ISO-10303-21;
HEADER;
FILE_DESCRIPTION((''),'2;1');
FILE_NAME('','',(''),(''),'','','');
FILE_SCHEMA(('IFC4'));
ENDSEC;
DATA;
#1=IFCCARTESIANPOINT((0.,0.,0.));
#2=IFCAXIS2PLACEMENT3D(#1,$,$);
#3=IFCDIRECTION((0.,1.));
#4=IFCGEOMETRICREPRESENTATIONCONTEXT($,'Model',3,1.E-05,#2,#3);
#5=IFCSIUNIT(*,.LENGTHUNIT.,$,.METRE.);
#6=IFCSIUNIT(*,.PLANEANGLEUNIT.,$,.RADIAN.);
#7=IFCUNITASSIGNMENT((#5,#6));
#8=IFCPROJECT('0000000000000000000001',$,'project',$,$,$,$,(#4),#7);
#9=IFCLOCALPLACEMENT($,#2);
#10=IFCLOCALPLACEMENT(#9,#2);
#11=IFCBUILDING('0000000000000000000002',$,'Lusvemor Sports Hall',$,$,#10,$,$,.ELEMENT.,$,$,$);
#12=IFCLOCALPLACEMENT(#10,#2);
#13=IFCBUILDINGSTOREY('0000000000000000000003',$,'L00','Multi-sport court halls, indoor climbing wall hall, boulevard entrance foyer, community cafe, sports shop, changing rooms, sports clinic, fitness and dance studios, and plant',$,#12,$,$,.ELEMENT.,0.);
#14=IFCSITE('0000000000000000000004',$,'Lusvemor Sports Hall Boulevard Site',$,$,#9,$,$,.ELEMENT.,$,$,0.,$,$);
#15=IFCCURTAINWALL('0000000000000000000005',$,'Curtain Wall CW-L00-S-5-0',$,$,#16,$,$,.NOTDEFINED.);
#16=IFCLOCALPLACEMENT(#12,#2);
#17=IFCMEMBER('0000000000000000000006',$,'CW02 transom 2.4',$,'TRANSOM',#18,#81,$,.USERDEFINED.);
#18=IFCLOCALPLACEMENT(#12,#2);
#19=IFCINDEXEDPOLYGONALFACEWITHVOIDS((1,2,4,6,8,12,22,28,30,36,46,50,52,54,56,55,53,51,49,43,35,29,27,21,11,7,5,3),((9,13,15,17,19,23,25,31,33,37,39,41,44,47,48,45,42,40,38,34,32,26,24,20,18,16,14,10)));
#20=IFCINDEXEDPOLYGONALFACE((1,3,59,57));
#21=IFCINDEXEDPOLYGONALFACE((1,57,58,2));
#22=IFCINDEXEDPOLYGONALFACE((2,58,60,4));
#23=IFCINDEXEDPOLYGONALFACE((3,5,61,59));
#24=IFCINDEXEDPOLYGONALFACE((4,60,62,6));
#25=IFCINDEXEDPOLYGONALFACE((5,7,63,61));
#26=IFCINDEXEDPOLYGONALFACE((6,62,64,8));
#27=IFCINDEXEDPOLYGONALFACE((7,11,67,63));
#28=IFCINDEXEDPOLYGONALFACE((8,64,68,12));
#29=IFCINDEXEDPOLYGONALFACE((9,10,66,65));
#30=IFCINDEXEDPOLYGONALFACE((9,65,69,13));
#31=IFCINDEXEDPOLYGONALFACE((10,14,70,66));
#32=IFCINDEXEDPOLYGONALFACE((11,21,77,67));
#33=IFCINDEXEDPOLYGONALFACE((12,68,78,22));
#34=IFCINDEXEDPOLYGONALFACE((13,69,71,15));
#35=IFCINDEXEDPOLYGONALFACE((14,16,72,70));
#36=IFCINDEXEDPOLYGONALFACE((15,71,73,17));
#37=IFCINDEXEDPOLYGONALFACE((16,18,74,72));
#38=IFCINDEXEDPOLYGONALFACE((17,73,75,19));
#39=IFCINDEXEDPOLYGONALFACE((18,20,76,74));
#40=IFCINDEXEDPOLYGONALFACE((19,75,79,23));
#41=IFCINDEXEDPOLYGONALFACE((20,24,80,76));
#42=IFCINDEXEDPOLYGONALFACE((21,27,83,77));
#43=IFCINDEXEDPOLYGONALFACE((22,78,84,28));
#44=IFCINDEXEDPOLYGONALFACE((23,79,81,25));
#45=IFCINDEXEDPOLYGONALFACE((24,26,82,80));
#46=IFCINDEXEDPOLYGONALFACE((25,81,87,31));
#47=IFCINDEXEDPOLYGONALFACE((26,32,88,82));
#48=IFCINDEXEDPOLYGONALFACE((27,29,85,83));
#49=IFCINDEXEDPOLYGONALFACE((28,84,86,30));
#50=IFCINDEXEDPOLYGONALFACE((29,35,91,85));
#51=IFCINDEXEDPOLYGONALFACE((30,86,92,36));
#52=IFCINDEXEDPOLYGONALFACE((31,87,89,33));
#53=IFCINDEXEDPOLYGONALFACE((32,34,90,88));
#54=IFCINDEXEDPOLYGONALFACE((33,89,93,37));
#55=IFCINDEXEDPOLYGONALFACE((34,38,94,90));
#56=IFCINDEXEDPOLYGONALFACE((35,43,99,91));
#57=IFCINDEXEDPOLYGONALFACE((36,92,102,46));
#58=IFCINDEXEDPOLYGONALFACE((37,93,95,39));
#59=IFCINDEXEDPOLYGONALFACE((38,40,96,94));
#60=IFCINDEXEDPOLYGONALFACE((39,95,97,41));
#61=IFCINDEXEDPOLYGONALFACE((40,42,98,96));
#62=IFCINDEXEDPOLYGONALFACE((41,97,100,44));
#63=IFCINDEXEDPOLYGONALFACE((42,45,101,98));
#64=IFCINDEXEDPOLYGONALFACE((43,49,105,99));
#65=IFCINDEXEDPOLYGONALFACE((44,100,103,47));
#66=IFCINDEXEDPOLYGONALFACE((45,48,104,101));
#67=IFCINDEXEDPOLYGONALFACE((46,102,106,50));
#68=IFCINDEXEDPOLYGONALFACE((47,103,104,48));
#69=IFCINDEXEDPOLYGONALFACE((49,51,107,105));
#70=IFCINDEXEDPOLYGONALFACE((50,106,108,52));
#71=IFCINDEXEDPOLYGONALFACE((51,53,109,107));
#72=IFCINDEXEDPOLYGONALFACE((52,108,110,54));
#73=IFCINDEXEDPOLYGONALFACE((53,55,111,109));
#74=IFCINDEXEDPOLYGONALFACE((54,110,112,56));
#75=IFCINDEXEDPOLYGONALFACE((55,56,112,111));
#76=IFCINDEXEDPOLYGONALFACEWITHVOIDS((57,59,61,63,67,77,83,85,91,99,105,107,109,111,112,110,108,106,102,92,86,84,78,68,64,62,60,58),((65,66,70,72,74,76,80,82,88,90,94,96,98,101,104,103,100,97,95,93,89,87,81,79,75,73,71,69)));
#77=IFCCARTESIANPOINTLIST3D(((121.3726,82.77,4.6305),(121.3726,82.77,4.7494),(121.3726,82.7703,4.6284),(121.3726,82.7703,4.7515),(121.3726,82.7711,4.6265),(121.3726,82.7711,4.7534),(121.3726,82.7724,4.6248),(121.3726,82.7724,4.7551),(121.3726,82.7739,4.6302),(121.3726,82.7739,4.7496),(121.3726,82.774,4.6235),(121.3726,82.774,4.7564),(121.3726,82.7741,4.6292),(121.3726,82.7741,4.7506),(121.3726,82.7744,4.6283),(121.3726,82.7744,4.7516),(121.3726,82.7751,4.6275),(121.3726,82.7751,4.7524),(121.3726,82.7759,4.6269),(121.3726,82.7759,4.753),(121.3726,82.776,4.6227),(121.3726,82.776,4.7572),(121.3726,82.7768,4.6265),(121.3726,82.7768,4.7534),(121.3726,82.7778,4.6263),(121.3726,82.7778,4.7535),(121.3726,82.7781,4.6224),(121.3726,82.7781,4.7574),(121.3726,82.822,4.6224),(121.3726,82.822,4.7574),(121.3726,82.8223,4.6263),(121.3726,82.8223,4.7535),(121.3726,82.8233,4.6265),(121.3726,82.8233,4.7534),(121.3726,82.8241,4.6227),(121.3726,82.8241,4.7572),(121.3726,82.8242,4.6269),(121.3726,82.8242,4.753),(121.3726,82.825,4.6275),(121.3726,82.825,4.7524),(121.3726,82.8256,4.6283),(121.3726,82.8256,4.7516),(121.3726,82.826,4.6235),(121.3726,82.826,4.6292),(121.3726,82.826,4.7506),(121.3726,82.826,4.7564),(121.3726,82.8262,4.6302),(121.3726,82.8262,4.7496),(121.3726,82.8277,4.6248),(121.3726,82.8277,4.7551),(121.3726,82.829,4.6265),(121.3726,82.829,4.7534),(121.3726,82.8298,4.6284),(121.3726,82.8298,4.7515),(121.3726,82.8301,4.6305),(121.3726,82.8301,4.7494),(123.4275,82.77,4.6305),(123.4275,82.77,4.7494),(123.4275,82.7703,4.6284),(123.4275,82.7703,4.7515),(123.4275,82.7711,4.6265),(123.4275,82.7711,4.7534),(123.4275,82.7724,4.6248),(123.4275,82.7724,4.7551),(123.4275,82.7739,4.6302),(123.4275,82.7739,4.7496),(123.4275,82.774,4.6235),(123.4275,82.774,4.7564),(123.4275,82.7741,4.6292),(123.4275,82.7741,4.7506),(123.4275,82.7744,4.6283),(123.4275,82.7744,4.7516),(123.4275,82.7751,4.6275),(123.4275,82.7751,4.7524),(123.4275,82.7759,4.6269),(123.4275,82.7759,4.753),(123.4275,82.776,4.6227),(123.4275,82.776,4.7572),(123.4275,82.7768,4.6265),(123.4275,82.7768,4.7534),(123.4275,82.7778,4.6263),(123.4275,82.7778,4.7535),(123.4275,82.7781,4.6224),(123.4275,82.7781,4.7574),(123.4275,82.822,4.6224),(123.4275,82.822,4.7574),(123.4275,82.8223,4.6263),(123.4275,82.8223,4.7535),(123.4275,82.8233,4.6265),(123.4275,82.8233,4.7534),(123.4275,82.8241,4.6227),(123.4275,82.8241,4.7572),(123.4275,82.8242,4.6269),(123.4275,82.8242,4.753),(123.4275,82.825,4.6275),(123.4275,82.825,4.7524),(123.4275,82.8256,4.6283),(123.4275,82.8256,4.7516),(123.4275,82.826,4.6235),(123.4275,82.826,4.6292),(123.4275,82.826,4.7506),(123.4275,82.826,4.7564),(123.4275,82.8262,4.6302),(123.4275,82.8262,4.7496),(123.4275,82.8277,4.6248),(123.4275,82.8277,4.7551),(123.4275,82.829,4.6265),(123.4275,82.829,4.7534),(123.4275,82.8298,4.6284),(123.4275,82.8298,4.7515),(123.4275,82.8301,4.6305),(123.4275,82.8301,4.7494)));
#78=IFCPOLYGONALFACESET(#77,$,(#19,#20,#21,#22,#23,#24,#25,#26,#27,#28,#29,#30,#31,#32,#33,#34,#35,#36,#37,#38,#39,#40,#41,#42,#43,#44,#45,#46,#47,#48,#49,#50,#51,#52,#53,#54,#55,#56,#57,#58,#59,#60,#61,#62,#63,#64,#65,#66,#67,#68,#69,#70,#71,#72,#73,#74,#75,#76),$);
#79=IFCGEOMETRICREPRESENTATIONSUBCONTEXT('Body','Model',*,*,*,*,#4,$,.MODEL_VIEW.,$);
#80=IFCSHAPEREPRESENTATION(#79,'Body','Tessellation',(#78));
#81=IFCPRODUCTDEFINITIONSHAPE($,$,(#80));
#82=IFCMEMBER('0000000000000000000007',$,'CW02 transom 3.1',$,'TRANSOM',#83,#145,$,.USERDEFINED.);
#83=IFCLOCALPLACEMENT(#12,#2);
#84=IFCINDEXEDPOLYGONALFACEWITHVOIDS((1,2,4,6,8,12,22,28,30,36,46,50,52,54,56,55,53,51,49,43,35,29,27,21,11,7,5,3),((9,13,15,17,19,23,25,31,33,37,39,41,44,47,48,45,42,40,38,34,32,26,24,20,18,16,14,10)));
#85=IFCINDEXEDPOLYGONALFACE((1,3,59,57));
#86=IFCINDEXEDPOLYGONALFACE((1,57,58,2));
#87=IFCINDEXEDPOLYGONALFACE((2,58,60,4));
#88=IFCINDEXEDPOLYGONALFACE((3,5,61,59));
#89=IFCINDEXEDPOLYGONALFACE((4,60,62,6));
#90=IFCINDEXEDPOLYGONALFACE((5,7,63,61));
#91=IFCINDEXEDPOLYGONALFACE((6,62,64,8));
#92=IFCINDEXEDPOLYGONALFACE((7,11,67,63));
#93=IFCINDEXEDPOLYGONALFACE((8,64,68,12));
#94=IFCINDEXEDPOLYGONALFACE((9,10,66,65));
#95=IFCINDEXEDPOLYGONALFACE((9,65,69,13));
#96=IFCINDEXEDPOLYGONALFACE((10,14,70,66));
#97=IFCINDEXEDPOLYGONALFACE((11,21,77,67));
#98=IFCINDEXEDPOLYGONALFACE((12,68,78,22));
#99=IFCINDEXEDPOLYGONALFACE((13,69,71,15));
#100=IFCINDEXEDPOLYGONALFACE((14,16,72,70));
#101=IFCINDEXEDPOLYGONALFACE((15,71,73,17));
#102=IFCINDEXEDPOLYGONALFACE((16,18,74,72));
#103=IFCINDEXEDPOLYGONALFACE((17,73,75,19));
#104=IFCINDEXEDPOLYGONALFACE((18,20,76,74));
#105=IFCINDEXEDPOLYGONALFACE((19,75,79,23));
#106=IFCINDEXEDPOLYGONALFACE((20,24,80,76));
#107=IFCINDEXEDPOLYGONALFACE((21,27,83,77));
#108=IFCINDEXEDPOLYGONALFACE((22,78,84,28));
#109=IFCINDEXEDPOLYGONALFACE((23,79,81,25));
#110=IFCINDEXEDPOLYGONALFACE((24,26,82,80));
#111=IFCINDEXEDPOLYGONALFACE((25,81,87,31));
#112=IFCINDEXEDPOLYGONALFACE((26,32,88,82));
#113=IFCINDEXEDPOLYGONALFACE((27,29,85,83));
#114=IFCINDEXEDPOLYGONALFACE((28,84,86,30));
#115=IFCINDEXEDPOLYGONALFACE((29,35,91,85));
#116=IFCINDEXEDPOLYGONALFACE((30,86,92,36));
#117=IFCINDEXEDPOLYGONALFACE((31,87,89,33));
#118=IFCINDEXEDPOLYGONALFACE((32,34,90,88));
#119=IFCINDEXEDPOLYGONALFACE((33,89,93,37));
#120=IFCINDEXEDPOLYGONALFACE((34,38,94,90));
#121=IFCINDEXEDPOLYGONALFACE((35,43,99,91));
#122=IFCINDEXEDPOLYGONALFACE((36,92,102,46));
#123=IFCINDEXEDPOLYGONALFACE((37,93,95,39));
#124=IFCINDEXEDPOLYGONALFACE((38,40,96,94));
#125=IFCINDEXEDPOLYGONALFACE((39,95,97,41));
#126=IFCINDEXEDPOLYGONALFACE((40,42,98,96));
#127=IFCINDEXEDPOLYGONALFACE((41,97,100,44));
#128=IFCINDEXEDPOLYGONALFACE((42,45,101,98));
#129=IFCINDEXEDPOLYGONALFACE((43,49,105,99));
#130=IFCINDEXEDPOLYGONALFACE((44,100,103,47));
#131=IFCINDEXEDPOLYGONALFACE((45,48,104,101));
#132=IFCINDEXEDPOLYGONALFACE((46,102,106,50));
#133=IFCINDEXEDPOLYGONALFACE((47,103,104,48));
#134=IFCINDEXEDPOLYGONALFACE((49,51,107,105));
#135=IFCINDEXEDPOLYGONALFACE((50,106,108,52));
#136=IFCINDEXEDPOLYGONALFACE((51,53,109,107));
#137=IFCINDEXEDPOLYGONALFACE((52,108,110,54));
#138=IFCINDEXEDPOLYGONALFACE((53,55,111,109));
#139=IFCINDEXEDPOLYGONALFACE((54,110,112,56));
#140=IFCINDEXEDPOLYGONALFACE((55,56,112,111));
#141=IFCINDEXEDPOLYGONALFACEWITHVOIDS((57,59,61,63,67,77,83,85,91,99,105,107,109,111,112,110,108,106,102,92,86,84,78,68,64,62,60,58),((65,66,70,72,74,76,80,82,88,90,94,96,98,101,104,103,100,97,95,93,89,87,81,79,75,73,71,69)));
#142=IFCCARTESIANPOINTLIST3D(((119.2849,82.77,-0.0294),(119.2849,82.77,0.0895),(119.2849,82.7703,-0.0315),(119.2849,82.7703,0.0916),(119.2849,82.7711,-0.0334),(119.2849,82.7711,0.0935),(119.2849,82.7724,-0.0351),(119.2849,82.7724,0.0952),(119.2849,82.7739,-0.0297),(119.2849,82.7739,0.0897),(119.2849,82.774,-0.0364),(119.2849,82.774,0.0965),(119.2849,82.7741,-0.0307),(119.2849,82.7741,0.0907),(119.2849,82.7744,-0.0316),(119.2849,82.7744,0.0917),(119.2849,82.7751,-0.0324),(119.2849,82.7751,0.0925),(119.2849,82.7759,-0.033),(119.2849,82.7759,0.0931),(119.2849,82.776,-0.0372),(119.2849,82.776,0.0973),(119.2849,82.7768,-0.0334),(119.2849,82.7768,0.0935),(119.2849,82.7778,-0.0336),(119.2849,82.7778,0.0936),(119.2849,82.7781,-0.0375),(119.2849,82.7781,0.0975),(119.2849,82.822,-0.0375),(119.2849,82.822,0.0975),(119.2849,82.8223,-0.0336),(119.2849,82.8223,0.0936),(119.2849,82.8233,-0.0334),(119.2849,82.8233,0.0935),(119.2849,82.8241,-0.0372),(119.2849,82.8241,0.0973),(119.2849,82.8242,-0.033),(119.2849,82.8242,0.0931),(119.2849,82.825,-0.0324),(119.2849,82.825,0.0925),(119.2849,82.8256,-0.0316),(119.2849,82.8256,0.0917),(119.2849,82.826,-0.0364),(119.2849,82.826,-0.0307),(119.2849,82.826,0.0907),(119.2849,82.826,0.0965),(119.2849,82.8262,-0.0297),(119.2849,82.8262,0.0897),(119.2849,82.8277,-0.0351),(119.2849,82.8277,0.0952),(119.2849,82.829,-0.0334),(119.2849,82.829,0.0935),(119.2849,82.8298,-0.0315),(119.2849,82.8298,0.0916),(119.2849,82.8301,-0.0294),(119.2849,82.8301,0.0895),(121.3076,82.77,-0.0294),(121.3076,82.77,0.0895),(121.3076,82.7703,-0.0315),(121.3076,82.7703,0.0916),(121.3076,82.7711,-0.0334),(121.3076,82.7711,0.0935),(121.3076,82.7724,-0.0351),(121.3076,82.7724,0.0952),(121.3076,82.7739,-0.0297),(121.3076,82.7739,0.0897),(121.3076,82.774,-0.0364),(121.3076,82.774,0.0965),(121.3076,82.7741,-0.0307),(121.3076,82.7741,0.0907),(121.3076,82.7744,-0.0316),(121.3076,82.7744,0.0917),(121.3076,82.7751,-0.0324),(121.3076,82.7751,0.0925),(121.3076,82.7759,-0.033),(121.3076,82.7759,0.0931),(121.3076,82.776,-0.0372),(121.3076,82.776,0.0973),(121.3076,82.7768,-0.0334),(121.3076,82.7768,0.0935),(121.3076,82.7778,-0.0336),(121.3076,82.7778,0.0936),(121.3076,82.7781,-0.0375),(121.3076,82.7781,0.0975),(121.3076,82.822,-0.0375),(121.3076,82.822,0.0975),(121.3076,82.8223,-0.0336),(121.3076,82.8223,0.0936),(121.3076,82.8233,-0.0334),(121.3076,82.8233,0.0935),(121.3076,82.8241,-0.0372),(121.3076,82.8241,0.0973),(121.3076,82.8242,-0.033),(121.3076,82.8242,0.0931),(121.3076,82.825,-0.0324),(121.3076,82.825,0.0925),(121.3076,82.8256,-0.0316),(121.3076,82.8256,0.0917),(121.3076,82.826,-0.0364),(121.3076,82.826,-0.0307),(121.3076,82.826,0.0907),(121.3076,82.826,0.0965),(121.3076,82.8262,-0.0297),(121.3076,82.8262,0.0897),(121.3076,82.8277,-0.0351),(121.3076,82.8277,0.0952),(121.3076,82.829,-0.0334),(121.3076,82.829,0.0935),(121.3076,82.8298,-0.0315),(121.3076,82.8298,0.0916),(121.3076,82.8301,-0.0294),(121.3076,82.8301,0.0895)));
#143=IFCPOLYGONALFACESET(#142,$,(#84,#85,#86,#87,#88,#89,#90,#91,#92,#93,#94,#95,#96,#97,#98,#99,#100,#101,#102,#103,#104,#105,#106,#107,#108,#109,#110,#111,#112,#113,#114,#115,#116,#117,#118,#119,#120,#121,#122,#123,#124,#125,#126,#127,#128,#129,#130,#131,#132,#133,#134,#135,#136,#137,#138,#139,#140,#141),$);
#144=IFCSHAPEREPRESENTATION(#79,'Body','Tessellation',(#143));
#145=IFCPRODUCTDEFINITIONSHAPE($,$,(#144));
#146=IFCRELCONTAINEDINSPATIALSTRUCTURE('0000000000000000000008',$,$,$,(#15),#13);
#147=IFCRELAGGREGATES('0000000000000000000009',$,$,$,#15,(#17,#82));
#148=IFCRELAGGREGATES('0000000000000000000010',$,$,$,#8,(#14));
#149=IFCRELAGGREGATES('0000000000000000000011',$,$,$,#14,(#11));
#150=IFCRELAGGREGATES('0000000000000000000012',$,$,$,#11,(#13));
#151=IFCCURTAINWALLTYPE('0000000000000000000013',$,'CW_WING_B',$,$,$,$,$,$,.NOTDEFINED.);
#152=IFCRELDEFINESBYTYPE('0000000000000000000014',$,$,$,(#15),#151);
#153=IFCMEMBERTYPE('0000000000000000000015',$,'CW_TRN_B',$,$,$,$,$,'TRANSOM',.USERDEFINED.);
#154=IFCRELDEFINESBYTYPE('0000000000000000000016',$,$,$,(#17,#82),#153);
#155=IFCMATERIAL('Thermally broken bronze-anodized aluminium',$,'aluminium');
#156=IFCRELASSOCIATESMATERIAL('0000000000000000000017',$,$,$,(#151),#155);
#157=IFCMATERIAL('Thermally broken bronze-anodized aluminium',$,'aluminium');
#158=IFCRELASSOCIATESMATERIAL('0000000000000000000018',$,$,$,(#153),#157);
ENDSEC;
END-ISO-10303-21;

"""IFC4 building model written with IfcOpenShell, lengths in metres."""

from ifc_helpers import new_model, si_unit, direction, frame, origin, origin_2d, place, context, subcontext, project, spatial, hollow_rectangle, extrude, material, material_profile, profile_set, type_object, element, aggregate, save


model = new_model("IFC4")

# Units and contexts
model_context = context("Model", 3, precision=1e-05, world=origin(), true_north=direction((0.0, 1.0)))
body_context = subcontext(model_context, "Body", "Model", "MODEL_VIEW")
ifc_project = project(units=[si_unit("LENGTHUNIT", "METRE"), si_unit("PLANEANGLEUNIT", "RADIAN")], contexts=[model_context])

# Site, building, storey
site_placement = place(None, origin())
site = spatial("IfcSite", under=ifc_project, at=site_placement, Name="Lusvemor Sports Hall Boulevard Site", CompositionType="ELEMENT", RefElevation=0.0)
building_placement = place(site_placement, origin())
building = spatial("IfcBuilding", under=site, at=building_placement, Name="Lusvemor Sports Hall", CompositionType="ELEMENT")
storey_placement = place(building_placement, origin())
storey = spatial("IfcBuildingStorey", under=building, at=storey_placement, Name="L00", Description="Multi-sport court halls, indoor climbing wall hall, boulevard entrance foyer, community cafe, sports shop, changing rooms, sports clinic, fitness and dance studios, and plant", CompositionType="ELEMENT", Elevation=0.0)

# Curtain wall, members
ifc_material_1 = material(Name="Thermally broken bronze-anodized aluminium", Category="aluminium")
curtain_wall_type = type_object("IfcCurtainWallType", Name="CW_WING_B", PredefinedType="NOTDEFINED", material=ifc_material_1)
curtain_wall_placement = place(storey_placement, origin())
curtain_wall = element("IfcCurtainWall", 1, at=curtain_wall_placement, inside=storey, type_object=curtain_wall_type, Name="Curtain Wall CW-L00-S-5-0", PredefinedType="NOTDEFINED")
ifc_material_2 = material(Name="Thermally broken bronze-anodized aluminium", Category="aluminium")
ifc_material_profile_1 = material_profile(ifc_material_2, hollow_rectangle(XDim=0.0601, YDim=0.135, WallThickness=0.0039, InnerFilletRadius=0.0039, OuterFilletRadius=0.0081, at=origin_2d()), Name="CWTRN135x60x4")
ifc_profile_set_1 = profile_set([ifc_material_profile_1], Name="Thermally broken bronze-anodized aluminium")
member_type_1 = type_object("IfcMemberType", Name="CW_TRN_B", ElementType="TRANSOM", PredefinedType="USERDEFINED", material=ifc_profile_set_1)
member_1_placement = place(storey_placement, frame((123.4275, 82.8, 4.6899), z_axis=(-1.0, 0.0, 0.0), x_axis=(0.0, -1.0, 0.0)))
member_1 = element("IfcMember", 2, at=member_1_placement, type_object=member_type_1, Name="CW02 transom 2.4", ObjectType="TRANSOM", PredefinedType="USERDEFINED", context=body_context, shape_type="SweptSolid", body=[
    extrude(hollow_rectangle(XDim=0.0601, YDim=0.135, WallThickness=0.0039, InnerFilletRadius=0.0039, OuterFilletRadius=0.0081, at=origin_2d()), origin(), (0.0, 0.0, 1.0), 2.0549),
])
member_2_placement = place(storey_placement, frame((121.3076, 82.8, 0.03), z_axis=(-1.0, 0.0, 0.0), x_axis=(0.0, -1.0, 0.0)))
member_2 = element("IfcMember", 3, at=member_2_placement, type_object=member_type_1, Name="CW02 transom 3.1", ObjectType="TRANSOM", PredefinedType="USERDEFINED", context=body_context, shape_type="SweptSolid", body=[
    extrude(hollow_rectangle(XDim=0.0601, YDim=0.135, WallThickness=0.0039, InnerFilletRadius=0.0039, OuterFilletRadius=0.0081, at=origin_2d()), origin(), (0.0, 0.0, 1.0), 2.0227),
])
aggregate(curtain_wall, [member_1, member_2])

save(model, "model.ifc")
